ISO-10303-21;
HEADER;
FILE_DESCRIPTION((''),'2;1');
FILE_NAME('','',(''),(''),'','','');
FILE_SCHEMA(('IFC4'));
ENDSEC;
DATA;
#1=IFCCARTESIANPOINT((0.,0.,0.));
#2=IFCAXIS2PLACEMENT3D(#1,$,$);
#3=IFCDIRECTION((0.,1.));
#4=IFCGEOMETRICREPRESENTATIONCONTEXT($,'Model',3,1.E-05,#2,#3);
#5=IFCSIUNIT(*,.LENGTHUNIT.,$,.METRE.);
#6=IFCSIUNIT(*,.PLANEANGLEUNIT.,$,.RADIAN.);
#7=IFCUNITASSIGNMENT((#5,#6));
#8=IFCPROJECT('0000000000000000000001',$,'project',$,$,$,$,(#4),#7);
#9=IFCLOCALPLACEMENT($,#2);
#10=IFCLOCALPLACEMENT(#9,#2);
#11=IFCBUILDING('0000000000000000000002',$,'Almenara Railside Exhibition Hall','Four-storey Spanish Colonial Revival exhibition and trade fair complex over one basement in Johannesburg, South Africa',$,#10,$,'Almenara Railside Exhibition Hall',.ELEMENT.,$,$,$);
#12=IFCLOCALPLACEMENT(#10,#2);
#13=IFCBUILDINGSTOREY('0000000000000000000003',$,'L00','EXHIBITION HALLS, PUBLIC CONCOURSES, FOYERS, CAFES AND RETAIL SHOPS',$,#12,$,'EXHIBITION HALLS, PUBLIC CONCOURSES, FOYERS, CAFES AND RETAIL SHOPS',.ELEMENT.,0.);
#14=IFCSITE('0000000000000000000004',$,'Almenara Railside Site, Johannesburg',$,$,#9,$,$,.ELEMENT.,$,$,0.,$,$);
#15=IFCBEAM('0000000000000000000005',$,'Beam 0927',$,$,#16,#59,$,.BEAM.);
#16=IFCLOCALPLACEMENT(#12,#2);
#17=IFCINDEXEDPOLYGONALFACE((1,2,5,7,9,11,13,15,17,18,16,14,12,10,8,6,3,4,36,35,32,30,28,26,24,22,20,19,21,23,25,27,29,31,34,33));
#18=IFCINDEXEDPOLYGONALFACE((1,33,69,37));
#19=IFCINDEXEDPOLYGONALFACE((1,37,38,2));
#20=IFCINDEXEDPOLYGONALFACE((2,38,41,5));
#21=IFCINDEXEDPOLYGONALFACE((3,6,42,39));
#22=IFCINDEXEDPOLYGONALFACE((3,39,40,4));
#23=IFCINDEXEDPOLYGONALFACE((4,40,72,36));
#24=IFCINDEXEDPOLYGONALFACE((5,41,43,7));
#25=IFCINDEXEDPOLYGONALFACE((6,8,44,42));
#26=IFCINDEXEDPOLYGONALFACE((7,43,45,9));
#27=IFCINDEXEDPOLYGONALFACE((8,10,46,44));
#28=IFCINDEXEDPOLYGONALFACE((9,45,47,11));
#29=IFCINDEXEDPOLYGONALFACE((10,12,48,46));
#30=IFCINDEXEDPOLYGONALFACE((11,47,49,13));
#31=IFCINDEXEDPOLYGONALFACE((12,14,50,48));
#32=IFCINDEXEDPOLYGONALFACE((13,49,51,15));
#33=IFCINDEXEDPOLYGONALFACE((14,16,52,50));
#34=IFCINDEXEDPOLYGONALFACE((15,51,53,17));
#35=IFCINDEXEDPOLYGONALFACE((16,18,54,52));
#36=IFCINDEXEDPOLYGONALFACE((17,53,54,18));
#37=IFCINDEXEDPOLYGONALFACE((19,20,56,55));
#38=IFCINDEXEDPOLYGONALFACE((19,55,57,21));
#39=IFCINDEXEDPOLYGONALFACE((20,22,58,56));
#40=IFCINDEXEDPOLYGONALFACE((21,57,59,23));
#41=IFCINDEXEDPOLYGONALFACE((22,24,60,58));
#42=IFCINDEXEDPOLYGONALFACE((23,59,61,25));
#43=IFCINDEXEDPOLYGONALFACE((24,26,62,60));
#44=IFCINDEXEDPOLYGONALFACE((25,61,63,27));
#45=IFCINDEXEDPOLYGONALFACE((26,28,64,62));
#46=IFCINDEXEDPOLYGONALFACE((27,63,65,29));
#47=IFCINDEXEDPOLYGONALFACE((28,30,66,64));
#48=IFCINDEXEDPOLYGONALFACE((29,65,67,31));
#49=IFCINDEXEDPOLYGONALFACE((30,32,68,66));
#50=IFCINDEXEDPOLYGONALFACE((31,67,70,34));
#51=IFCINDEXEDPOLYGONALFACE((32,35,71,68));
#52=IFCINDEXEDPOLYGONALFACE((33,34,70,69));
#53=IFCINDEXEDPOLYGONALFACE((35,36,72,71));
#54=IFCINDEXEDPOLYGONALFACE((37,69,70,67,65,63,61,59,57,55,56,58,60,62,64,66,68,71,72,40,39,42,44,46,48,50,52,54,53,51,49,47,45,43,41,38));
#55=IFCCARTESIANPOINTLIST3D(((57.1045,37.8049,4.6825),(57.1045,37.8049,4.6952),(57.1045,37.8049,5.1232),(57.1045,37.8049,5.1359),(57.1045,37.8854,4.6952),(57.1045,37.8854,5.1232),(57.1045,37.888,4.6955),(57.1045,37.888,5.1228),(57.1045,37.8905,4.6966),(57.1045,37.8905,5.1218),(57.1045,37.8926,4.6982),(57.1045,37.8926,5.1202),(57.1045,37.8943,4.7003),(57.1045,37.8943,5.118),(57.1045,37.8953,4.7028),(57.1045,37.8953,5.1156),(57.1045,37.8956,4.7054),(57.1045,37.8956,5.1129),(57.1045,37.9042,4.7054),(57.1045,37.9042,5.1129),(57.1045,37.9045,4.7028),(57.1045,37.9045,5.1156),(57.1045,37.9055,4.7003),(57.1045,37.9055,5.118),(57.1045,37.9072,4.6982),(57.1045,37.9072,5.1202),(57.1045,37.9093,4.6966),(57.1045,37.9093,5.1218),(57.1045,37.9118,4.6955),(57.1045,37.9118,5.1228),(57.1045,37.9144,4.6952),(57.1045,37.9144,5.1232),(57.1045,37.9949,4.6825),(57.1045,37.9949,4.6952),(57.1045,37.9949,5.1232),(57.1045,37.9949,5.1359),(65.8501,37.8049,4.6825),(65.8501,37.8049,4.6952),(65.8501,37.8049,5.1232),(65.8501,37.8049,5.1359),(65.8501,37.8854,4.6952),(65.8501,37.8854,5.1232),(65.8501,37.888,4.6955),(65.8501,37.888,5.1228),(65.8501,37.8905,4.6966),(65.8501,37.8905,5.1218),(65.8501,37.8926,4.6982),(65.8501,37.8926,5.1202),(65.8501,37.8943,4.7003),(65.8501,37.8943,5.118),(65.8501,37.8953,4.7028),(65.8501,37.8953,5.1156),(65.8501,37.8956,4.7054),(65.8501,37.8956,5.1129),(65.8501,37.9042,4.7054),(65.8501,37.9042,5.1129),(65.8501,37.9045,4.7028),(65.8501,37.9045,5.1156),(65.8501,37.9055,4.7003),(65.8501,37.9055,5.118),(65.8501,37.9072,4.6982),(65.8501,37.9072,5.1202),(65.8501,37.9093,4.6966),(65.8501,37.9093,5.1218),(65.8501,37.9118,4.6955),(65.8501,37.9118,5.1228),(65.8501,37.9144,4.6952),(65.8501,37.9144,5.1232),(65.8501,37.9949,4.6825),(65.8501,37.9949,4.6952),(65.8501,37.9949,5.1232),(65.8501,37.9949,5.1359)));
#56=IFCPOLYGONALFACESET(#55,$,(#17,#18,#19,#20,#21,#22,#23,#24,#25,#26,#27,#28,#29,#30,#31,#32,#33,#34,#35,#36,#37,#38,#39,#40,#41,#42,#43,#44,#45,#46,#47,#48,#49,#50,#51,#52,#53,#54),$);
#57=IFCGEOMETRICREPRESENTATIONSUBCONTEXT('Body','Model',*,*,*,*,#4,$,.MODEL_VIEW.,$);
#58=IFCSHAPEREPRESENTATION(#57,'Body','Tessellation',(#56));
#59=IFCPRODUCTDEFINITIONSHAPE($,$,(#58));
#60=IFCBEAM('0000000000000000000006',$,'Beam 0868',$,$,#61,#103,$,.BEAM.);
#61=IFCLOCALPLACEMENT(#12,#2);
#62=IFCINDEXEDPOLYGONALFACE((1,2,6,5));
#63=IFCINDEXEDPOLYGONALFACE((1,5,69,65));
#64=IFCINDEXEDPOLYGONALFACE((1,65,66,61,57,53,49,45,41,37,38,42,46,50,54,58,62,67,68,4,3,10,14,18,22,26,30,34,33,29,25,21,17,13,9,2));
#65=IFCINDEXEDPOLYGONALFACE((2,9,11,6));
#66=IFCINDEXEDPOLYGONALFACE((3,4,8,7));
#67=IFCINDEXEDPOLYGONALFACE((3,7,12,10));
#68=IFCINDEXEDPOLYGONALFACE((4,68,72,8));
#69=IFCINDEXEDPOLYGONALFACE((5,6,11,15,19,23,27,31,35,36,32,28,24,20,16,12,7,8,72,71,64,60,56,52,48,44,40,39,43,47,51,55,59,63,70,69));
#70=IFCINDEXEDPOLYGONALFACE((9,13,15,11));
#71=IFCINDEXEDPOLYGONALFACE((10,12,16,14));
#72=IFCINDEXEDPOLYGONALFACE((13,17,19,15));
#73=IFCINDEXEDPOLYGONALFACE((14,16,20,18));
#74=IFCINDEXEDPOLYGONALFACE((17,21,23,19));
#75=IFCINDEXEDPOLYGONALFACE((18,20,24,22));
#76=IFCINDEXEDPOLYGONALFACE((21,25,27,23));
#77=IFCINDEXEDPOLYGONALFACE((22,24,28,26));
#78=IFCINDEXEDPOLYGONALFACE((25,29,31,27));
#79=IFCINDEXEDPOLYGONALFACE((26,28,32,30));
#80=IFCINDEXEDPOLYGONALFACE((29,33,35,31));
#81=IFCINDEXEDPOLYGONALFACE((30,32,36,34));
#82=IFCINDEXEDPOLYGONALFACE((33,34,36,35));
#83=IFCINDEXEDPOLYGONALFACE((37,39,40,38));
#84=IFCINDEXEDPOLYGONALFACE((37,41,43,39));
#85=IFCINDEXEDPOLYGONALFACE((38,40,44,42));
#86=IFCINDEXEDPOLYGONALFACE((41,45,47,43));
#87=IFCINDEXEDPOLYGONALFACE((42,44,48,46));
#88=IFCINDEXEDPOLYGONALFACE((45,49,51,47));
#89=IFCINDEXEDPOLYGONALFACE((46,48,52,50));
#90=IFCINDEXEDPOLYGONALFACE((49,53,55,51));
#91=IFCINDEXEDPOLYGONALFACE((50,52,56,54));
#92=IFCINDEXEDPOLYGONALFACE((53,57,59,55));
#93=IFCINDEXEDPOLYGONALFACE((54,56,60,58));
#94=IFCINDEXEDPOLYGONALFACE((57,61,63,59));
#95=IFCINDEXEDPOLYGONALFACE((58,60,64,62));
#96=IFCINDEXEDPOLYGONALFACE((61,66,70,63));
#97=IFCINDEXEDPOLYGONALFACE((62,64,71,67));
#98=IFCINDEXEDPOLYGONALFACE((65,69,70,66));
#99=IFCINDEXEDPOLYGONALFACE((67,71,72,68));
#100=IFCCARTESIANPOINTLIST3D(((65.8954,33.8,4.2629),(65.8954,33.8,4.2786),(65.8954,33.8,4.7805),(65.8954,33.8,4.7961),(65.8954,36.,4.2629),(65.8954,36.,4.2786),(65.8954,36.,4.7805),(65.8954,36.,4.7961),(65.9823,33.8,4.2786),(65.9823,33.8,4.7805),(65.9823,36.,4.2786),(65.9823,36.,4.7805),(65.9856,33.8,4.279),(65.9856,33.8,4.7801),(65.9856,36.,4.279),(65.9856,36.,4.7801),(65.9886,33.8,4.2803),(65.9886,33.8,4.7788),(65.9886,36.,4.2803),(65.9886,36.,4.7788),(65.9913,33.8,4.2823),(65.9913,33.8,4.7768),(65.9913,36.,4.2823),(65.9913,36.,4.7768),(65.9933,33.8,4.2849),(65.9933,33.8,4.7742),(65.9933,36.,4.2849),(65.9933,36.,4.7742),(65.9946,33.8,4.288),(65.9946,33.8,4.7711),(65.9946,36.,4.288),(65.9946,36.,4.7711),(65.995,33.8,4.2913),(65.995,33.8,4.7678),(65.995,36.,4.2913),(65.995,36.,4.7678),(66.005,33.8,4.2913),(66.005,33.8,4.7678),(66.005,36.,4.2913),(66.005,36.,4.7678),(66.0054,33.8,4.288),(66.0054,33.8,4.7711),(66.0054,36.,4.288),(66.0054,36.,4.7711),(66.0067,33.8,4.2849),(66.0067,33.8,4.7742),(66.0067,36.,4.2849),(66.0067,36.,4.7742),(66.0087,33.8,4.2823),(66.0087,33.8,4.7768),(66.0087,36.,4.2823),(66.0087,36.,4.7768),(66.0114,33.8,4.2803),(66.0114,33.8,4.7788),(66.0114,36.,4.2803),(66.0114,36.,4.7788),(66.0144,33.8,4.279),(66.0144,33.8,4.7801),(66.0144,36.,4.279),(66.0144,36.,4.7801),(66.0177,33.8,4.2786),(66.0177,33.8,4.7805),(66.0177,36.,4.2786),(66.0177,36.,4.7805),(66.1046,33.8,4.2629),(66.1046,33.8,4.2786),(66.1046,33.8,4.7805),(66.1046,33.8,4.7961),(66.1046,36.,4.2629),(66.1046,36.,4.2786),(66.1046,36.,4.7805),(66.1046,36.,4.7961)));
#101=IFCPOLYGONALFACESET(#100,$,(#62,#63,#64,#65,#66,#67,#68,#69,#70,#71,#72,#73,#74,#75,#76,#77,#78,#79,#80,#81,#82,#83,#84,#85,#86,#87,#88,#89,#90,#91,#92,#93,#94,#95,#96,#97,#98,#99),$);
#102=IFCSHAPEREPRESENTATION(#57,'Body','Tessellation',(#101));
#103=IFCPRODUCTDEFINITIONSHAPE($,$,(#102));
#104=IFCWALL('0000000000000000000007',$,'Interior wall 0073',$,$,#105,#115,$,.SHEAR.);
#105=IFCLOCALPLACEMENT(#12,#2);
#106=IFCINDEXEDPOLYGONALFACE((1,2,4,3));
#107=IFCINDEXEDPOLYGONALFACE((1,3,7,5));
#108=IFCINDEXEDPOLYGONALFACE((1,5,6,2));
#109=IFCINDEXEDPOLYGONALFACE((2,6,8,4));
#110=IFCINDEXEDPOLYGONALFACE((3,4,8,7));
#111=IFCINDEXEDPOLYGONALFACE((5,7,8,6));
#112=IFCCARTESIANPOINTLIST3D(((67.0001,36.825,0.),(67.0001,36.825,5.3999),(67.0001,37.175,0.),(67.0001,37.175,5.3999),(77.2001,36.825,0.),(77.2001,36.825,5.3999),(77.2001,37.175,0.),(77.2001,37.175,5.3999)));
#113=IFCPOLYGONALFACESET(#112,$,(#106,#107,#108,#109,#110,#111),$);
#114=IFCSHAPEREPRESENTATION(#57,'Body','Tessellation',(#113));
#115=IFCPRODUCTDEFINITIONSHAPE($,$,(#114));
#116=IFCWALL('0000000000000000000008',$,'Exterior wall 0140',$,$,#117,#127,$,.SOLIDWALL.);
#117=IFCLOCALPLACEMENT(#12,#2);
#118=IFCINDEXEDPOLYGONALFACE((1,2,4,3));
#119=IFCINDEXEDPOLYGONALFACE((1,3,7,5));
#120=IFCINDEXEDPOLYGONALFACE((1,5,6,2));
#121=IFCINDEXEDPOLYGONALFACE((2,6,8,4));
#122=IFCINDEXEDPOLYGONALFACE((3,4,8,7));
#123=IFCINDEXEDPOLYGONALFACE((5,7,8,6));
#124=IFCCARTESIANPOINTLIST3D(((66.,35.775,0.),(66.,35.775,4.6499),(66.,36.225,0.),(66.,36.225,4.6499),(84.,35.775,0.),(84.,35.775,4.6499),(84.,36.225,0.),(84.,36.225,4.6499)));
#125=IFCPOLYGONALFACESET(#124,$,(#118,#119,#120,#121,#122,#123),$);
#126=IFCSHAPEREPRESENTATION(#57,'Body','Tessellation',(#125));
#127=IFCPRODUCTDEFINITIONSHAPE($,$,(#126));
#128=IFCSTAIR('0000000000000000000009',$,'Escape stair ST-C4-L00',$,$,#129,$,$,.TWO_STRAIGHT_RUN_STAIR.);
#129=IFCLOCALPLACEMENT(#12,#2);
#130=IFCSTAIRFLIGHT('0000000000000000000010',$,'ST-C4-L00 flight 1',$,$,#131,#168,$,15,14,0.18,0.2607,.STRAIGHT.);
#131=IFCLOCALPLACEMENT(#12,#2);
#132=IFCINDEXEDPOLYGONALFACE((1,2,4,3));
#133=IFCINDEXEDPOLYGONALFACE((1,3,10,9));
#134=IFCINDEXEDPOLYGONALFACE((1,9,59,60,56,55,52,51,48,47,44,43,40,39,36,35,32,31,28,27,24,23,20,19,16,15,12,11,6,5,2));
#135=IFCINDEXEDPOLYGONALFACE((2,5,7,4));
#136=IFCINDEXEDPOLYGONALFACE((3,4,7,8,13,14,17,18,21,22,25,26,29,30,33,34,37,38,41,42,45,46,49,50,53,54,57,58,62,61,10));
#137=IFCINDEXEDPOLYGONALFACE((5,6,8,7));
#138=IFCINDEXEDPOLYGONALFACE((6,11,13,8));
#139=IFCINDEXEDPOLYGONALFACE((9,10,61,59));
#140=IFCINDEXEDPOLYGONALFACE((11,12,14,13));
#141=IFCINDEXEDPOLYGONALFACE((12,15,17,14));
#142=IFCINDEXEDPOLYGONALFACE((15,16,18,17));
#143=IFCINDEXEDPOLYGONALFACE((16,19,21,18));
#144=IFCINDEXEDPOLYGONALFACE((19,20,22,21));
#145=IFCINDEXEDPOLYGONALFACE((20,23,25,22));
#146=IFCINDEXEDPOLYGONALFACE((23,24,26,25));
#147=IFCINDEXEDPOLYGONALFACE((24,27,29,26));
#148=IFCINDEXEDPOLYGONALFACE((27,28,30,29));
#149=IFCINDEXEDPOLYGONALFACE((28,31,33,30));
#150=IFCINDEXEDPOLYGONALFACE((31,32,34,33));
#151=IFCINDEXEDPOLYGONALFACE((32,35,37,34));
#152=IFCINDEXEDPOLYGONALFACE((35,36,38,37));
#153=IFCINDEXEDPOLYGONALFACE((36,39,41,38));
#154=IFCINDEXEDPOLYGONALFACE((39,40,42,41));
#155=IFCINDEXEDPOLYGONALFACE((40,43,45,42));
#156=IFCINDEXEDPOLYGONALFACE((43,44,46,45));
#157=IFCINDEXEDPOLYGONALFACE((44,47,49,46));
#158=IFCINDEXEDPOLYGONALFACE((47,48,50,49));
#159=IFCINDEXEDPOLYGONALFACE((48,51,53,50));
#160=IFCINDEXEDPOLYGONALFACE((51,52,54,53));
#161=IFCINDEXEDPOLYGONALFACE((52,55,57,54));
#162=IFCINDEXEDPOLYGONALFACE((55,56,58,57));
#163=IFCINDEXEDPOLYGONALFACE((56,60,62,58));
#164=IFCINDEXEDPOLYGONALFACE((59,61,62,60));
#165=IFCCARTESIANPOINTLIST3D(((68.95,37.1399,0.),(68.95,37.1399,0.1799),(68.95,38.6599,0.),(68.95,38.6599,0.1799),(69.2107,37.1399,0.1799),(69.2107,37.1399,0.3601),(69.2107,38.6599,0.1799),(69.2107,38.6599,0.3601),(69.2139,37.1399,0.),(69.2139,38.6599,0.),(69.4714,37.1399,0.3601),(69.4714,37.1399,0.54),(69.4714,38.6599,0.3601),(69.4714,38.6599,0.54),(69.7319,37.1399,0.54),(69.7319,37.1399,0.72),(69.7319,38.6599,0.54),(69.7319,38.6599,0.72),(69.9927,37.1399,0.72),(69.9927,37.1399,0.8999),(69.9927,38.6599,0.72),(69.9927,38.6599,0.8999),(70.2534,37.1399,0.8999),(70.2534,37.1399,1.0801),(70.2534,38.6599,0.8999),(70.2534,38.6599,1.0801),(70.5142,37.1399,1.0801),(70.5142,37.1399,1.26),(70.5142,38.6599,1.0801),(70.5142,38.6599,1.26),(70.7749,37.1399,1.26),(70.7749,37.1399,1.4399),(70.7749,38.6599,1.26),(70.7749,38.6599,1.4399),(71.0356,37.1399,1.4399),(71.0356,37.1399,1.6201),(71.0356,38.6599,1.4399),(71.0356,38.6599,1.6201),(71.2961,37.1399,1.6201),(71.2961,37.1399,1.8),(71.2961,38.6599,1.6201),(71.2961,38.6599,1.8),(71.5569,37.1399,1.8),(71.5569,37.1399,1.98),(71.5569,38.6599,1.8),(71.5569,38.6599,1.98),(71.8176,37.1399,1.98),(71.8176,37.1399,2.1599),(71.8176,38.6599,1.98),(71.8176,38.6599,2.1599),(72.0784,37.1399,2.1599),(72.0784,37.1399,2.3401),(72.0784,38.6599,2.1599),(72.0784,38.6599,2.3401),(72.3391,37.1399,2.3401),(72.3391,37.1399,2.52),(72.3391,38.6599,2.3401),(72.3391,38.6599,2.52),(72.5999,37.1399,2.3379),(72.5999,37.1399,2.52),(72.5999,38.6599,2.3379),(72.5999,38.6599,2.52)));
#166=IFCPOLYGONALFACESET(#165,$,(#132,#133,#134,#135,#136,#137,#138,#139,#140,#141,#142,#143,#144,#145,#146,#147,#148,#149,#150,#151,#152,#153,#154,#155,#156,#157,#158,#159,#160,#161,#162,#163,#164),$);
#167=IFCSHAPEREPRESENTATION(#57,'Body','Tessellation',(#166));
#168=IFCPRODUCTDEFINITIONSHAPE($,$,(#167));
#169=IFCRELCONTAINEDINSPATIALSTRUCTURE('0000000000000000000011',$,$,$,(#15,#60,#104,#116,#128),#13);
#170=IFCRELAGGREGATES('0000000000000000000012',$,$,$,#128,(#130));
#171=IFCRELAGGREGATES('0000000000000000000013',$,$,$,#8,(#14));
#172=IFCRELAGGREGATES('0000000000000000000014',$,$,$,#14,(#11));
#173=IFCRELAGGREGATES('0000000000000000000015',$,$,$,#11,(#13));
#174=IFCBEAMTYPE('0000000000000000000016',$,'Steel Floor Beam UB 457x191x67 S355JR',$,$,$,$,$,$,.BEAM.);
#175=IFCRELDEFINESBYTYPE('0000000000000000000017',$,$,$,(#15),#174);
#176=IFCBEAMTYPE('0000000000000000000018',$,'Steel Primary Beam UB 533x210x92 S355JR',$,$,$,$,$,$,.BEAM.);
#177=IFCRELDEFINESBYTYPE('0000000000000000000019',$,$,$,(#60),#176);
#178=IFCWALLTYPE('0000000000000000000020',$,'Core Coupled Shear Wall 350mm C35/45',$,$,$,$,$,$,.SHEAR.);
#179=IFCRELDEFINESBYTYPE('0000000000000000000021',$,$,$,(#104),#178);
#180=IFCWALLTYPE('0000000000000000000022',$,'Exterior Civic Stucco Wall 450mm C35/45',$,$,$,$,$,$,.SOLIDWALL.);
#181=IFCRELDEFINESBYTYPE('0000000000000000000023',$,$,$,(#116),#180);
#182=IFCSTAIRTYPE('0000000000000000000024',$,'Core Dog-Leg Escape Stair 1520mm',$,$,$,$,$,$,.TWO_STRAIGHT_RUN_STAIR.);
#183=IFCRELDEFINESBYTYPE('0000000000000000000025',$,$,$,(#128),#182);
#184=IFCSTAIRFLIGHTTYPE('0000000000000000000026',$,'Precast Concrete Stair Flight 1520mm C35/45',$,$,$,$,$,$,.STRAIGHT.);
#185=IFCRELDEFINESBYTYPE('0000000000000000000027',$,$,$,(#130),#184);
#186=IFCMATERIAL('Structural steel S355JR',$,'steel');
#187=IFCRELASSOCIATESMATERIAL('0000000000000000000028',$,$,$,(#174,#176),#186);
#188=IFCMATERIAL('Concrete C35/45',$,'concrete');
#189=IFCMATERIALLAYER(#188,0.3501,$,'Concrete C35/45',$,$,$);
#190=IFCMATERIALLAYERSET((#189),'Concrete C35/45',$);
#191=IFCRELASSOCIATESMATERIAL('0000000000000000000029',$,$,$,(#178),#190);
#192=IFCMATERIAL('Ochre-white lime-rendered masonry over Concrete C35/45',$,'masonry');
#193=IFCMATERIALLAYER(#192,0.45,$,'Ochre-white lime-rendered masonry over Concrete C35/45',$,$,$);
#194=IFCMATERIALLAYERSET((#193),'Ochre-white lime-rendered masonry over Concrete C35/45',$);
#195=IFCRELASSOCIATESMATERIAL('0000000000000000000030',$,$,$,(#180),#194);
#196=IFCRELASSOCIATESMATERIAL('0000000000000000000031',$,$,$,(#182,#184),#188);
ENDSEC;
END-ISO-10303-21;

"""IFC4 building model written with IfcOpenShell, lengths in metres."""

from ifc_helpers import new_model, si_unit, direction, frame, frame_2d, origin, origin_2d, place, context, subcontext, project, spatial, polyline, rectangle, i_section, outline, extrude, material, layer, layer_set, material_profile, profile_set, type_object, element, aggregate, save


model = new_model("IFC4")

# Units and contexts
model_context = context("Model", 3, precision=1e-05, world=origin(), true_north=direction((0.0, 1.0)))
body_context = subcontext(model_context, "Body", "Model", "MODEL_VIEW")
ifc_project = project(units=[si_unit("LENGTHUNIT", "METRE"), si_unit("PLANEANGLEUNIT", "RADIAN")], contexts=[model_context])

# Site, building, storey
site_placement = place(None, origin())
site = spatial("IfcSite", under=ifc_project, at=site_placement, Name="Almenara Railside Site, Johannesburg", CompositionType="ELEMENT", RefElevation=0.0)
building_placement = place(site_placement, origin())
building = spatial("IfcBuilding", under=site, at=building_placement, Name="Almenara Railside Exhibition Hall", Description="Four-storey Spanish Colonial Revival exhibition and trade fair complex over one basement in Johannesburg, South Africa", LongName="Almenara Railside Exhibition Hall", CompositionType="ELEMENT")
storey_placement = place(building_placement, origin())
storey = spatial("IfcBuildingStorey", under=building, at=storey_placement, Name="L00", Description="EXHIBITION HALLS, PUBLIC CONCOURSES, FOYERS, CAFES AND RETAIL SHOPS", LongName="EXHIBITION HALLS, PUBLIC CONCOURSES, FOYERS, CAFES AND RETAIL SHOPS", CompositionType="ELEMENT", Elevation=0.0)

# Shared definitions
ifc_material_1 = material(Name="Concrete C35/45", Category="concrete")

# Beams
ifc_material_2 = material(Name="Structural steel S355JR", Category="steel")
ifc_material_profile_1 = material_profile(ifc_material_2, i_section(OverallWidth=0.1899, OverallDepth=0.4534, WebThickness=0.0085, FlangeThickness=0.0127, FilletRadius=0.0103, at=origin_2d()), Name="UB 457x191x67")
ifc_profile_set_1 = profile_set([ifc_material_profile_1], Name="Structural steel S355JR")
beam_type_1 = type_object("IfcBeamType", Name="Steel Floor Beam UB 457x191x67 S355JR", PredefinedType="BEAM", material=ifc_profile_set_1)
beam_1_placement = place(storey_placement, frame((57.1045, 37.8999, 4.9092), z_axis=(1.0, 0.0, 0.0), x_axis=(0.0, 1.0, 0.0)))
element("IfcBeam", 1, at=beam_1_placement, inside=storey, type_object=beam_type_1, Name="Beam 0927", PredefinedType="BEAM", context=body_context, shape_type="SweptSolid", body=[
    extrude(i_section(OverallWidth=0.1899, OverallDepth=0.4534, WebThickness=0.0085, FlangeThickness=0.0127, FilletRadius=0.0103, at=origin_2d()), origin(), (0.0, 0.0, 1.0), 8.7456),
])
ifc_material_profile_2 = material_profile(ifc_material_2, i_section(OverallWidth=0.2092, OverallDepth=0.5332, WebThickness=0.01, FlangeThickness=0.0156, FilletRadius=0.0127, at=origin_2d()), Name="UB 533x210x92")
ifc_profile_set_2 = profile_set([ifc_material_profile_2], Name="Structural steel S355JR")
beam_type_2 = type_object("IfcBeamType", Name="Steel Primary Beam UB 533x210x92 S355JR", PredefinedType="BEAM", material=ifc_profile_set_2)
beam_2_placement = place(storey_placement, frame((66.0, 33.8, 4.5295), z_axis=(0.0, 1.0, 0.0), x_axis=(-1.0, 0.0, 0.0)))
element("IfcBeam", 2, at=beam_2_placement, inside=storey, type_object=beam_type_2, Name="Beam 0868", PredefinedType="BEAM", context=body_context, shape_type="SweptSolid", body=[
    extrude(i_section(OverallWidth=0.2092, OverallDepth=0.5332, WebThickness=0.01, FlangeThickness=0.0156, FilletRadius=0.0127, at=origin_2d()), origin(), (0.0, 0.0, 1.0), 2.2),
])

# Walls
ifc_layer_1 = layer(ifc_material_1, 0.3501, Name="Concrete C35/45")
ifc_layer_set_1 = layer_set([ifc_layer_1], Name="Concrete C35/45")
wall_type_1 = type_object("IfcWallType", Name="Core Coupled Shear Wall 350mm C35/45", PredefinedType="SHEAR", material=ifc_layer_set_1)
wall_1_placement = place(storey_placement, frame((67.0, 37.0, 0.0), z_axis=(0.0, 0.0, 1.0), x_axis=(1.0, 0.0, 0.0)))
element("IfcWall", 3, at=wall_1_placement, inside=storey, type_object=wall_type_1, Name="Interior wall 0073", PredefinedType="SHEAR", context=body_context, shape_type="SweptSolid", body=[
    extrude(rectangle(XDim=10.2, YDim=0.3501, at=frame_2d((5.1001, 0.0))), origin(), (0.0, 0.0, 1.0), 5.3999),
])
ifc_material_3 = material(Name="Ochre-white lime-rendered masonry over Concrete C35/45", Category="masonry")
ifc_layer_2 = layer(ifc_material_3, 0.45, Name="Ochre-white lime-rendered masonry over Concrete C35/45")
ifc_layer_set_2 = layer_set([ifc_layer_2], Name="Ochre-white lime-rendered masonry over Concrete C35/45")
wall_type_2 = type_object("IfcWallType", Name="Exterior Civic Stucco Wall 450mm C35/45", PredefinedType="SOLIDWALL", material=ifc_layer_set_2)
wall_2_placement = place(storey_placement, frame((66.0, 36.0, 0.0), z_axis=(0.0, 0.0, 1.0), x_axis=(1.0, 0.0, 0.0)))
element("IfcWall", 4, at=wall_2_placement, inside=storey, type_object=wall_type_2, Name="Exterior wall 0140", PredefinedType="SOLIDWALL", context=body_context, shape_type="SweptSolid", body=[
    extrude(rectangle(XDim=18.0, YDim=0.45, at=frame_2d((9.0, 0.0))), origin(), (0.0, 0.0, 1.0), 4.6499),
])

# Stair, stair flight
stair_type = type_object("IfcStairType", Name="Core Dog-Leg Escape Stair 1520mm", PredefinedType="TWO_STRAIGHT_RUN_STAIR", material=ifc_material_1)
stair_placement = place(storey_placement, origin())
stair = element("IfcStair", 5, at=stair_placement, inside=storey, type_object=stair_type, Name="Escape stair ST-C4-L00", PredefinedType="TWO_STRAIGHT_RUN_STAIR")
stair_flight_type = type_object("IfcStairFlightType", Name="Precast Concrete Stair Flight 1520mm C35/45", PredefinedType="STRAIGHT", material=ifc_material_1)
stair_flight_1_placement = place(storey_placement, frame((68.95, 37.8999, 0.0), z_axis=(0.0, 0.0, 1.0), x_axis=(1.0, 0.0, 0.0)))
stair_flight_1 = element("IfcStairFlight", 6, at=stair_flight_1_placement, type_object=stair_flight_type, Name="ST-C4-L00 flight 1", NumberOfRisers=15, NumberOfTreads=14, PredefinedType="STRAIGHT", RiserHeight=0.18, TreadLength=0.2607, context=body_context, shape_type="SweptSolid", body=[
    extrude(outline(polyline([(0.0, 0.0), (0.0, 0.1799), (0.2607, 0.1799), (0.2607, 0.3601), (0.5215, 0.3601), (0.5215, 0.54), (0.782, 0.54), (0.782, 0.72), (1.0427, 0.72), (1.0427, 0.8999), (1.3035, 0.8999), (1.3035, 1.0801), (1.5642, 1.0801), (1.5642, 1.26), (1.825, 1.26), (1.825, 1.4399), (2.0857, 1.4399), (2.0857, 1.6201), (2.3462, 1.6201), (2.3462, 1.8), (2.6069, 1.8), (2.6069, 1.98), (2.8677, 1.98), (2.8677, 2.1599), (3.1284, 2.1599), (3.1284, 2.3401), (3.3892, 2.3401), (3.3892, 2.52), (3.6499, 2.52), (3.6499, 2.7), (3.6499, 2.3379), (0.2639, 0.0), (0.0, 0.0)])), frame((0.0, 0.76, 0.0), z_axis=(0.0, -1.0, 0.0), x_axis=(1.0, 0.0, 0.0)), (0.0, 0.0, 1.0), 1.52),
])
aggregate(stair, [stair_flight_1])

save(model, "model.ifc")
